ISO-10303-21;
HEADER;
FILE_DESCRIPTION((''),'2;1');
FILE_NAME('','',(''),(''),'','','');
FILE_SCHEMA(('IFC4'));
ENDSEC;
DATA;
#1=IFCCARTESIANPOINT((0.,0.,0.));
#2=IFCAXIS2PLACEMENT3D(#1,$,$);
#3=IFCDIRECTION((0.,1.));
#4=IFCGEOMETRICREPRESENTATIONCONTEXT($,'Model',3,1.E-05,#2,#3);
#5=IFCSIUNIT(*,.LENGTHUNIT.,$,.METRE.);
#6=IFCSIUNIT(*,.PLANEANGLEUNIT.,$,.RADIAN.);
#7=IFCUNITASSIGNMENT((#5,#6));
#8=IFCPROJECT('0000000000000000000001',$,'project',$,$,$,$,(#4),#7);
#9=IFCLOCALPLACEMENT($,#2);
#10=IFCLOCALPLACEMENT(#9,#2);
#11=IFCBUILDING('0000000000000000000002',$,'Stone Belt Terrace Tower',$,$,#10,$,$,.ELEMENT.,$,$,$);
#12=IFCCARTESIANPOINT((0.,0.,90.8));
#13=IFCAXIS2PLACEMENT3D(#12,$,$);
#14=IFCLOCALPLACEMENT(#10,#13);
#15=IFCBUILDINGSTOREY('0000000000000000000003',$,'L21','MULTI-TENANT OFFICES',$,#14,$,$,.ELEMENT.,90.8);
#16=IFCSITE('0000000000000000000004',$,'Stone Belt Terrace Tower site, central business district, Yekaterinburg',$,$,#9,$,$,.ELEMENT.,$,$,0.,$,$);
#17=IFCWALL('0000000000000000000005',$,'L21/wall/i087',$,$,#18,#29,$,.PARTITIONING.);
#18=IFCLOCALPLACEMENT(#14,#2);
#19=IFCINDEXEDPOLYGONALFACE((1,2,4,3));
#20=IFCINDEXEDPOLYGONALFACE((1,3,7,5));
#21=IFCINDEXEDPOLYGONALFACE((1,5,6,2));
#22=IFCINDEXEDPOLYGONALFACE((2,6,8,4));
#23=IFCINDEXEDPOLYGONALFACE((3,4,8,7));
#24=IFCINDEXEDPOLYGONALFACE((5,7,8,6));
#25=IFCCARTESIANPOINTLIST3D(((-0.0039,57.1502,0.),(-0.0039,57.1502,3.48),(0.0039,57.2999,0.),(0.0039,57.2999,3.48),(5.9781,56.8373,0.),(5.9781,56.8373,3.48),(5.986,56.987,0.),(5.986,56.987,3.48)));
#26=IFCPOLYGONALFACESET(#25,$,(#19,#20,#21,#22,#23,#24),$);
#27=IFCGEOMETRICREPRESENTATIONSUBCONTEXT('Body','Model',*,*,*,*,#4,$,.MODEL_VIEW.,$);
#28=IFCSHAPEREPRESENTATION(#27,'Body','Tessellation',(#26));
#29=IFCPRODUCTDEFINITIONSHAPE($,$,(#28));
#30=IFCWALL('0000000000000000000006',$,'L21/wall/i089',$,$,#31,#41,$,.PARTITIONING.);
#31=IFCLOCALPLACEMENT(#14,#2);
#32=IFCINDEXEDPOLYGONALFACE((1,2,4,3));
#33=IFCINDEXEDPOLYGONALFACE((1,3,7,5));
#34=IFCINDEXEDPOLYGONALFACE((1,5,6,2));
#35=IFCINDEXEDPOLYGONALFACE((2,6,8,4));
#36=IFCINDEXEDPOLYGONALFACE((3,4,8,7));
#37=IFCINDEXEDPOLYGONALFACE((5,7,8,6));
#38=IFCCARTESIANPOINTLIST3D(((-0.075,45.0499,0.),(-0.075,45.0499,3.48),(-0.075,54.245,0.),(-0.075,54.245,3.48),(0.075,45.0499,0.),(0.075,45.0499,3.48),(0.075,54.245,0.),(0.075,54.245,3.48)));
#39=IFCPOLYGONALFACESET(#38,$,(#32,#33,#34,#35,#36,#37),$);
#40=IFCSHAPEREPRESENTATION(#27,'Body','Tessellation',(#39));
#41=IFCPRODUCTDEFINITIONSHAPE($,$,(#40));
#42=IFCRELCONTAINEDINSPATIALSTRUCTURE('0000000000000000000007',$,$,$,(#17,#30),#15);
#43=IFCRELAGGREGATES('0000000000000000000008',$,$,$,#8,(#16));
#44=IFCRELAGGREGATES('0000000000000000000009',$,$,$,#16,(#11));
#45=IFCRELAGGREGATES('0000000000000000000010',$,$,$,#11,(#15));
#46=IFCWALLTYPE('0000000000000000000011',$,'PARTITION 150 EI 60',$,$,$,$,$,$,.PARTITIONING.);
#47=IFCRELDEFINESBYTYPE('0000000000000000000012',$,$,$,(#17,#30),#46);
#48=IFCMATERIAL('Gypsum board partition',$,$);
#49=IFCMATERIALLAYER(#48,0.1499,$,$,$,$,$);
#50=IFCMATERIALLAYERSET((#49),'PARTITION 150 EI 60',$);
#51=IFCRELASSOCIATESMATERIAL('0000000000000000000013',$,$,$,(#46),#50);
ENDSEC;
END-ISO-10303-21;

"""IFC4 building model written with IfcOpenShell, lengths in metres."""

from ifc_helpers import new_model, si_unit, direction, frame, frame_2d, origin, place, context, subcontext, project, spatial, rectangle, extrude, material, layer, layer_set, type_object, element, save


model = new_model("IFC4")

# Units and contexts
model_context = context("Model", 3, precision=1e-05, world=origin(), true_north=direction((0.0, 1.0)))
body_context = subcontext(model_context, "Body", "Model", "MODEL_VIEW")
ifc_project = project(units=[si_unit("LENGTHUNIT", "METRE"), si_unit("PLANEANGLEUNIT", "RADIAN")], contexts=[model_context])

# Site, building, storey
site_placement = place(None, origin())
site = spatial("IfcSite", under=ifc_project, at=site_placement, Name="Stone Belt Terrace Tower site, central business district, Yekaterinburg", CompositionType="ELEMENT", RefElevation=0.0)
building_placement = place(site_placement, origin())
building = spatial("IfcBuilding", under=site, at=building_placement, Name="Stone Belt Terrace Tower", CompositionType="ELEMENT")
storey_placement = place(building_placement, frame((0.0, 0.0, 90.8)))
storey = spatial("IfcBuildingStorey", under=building, at=storey_placement, Name="L21", Description="MULTI-TENANT OFFICES", CompositionType="ELEMENT", Elevation=90.8)

# Shared definitions
ifc_material_1 = material(Name="Gypsum board partition")

# Shared definitions
ifc_layer_1 = layer(ifc_material_1, 0.1499)
ifc_layer_set_1 = layer_set([ifc_layer_1], Name="PARTITION 150 EI 60")
wall_type_1 = type_object("IfcWallType", Name="PARTITION 150 EI 60", PredefinedType="PARTITIONING", material=ifc_layer_set_1)

# Walls
wall_1_placement = place(storey_placement, frame((0.0, 57.2251, 0.0), z_axis=(0.0, 0.0, 1.0), x_axis=(0.998634, -0.052251, 0.0)))
element("IfcWall", 1, at=wall_1_placement, inside=storey, type_object=wall_type_1, Name="L21/wall/i087", PredefinedType="PARTITIONING", context=body_context, shape_type="SweptSolid", body=[
    extrude(rectangle(XDim=5.9902, YDim=0.1499, at=frame_2d((2.9951, 0.0))), origin(), (0.0, 0.0, 1.0), 3.48),
])
wall_2_placement = place(storey_placement, frame((0.0, 54.2451, 0.0), z_axis=(0.0, 0.0, 1.0), x_axis=(0.0, -1.0, 0.0)))
element("IfcWall", 2, at=wall_2_placement, inside=storey, type_object=wall_type_1, Name="L21/wall/i089", PredefinedType="PARTITIONING", context=body_context, shape_type="SweptSolid", body=[
    extrude(rectangle(XDim=9.1951, YDim=0.1499, at=frame_2d((4.5977, 0.0))), origin(), (0.0, 0.0, 1.0), 3.48),
])

save(model, "model.ifc")
